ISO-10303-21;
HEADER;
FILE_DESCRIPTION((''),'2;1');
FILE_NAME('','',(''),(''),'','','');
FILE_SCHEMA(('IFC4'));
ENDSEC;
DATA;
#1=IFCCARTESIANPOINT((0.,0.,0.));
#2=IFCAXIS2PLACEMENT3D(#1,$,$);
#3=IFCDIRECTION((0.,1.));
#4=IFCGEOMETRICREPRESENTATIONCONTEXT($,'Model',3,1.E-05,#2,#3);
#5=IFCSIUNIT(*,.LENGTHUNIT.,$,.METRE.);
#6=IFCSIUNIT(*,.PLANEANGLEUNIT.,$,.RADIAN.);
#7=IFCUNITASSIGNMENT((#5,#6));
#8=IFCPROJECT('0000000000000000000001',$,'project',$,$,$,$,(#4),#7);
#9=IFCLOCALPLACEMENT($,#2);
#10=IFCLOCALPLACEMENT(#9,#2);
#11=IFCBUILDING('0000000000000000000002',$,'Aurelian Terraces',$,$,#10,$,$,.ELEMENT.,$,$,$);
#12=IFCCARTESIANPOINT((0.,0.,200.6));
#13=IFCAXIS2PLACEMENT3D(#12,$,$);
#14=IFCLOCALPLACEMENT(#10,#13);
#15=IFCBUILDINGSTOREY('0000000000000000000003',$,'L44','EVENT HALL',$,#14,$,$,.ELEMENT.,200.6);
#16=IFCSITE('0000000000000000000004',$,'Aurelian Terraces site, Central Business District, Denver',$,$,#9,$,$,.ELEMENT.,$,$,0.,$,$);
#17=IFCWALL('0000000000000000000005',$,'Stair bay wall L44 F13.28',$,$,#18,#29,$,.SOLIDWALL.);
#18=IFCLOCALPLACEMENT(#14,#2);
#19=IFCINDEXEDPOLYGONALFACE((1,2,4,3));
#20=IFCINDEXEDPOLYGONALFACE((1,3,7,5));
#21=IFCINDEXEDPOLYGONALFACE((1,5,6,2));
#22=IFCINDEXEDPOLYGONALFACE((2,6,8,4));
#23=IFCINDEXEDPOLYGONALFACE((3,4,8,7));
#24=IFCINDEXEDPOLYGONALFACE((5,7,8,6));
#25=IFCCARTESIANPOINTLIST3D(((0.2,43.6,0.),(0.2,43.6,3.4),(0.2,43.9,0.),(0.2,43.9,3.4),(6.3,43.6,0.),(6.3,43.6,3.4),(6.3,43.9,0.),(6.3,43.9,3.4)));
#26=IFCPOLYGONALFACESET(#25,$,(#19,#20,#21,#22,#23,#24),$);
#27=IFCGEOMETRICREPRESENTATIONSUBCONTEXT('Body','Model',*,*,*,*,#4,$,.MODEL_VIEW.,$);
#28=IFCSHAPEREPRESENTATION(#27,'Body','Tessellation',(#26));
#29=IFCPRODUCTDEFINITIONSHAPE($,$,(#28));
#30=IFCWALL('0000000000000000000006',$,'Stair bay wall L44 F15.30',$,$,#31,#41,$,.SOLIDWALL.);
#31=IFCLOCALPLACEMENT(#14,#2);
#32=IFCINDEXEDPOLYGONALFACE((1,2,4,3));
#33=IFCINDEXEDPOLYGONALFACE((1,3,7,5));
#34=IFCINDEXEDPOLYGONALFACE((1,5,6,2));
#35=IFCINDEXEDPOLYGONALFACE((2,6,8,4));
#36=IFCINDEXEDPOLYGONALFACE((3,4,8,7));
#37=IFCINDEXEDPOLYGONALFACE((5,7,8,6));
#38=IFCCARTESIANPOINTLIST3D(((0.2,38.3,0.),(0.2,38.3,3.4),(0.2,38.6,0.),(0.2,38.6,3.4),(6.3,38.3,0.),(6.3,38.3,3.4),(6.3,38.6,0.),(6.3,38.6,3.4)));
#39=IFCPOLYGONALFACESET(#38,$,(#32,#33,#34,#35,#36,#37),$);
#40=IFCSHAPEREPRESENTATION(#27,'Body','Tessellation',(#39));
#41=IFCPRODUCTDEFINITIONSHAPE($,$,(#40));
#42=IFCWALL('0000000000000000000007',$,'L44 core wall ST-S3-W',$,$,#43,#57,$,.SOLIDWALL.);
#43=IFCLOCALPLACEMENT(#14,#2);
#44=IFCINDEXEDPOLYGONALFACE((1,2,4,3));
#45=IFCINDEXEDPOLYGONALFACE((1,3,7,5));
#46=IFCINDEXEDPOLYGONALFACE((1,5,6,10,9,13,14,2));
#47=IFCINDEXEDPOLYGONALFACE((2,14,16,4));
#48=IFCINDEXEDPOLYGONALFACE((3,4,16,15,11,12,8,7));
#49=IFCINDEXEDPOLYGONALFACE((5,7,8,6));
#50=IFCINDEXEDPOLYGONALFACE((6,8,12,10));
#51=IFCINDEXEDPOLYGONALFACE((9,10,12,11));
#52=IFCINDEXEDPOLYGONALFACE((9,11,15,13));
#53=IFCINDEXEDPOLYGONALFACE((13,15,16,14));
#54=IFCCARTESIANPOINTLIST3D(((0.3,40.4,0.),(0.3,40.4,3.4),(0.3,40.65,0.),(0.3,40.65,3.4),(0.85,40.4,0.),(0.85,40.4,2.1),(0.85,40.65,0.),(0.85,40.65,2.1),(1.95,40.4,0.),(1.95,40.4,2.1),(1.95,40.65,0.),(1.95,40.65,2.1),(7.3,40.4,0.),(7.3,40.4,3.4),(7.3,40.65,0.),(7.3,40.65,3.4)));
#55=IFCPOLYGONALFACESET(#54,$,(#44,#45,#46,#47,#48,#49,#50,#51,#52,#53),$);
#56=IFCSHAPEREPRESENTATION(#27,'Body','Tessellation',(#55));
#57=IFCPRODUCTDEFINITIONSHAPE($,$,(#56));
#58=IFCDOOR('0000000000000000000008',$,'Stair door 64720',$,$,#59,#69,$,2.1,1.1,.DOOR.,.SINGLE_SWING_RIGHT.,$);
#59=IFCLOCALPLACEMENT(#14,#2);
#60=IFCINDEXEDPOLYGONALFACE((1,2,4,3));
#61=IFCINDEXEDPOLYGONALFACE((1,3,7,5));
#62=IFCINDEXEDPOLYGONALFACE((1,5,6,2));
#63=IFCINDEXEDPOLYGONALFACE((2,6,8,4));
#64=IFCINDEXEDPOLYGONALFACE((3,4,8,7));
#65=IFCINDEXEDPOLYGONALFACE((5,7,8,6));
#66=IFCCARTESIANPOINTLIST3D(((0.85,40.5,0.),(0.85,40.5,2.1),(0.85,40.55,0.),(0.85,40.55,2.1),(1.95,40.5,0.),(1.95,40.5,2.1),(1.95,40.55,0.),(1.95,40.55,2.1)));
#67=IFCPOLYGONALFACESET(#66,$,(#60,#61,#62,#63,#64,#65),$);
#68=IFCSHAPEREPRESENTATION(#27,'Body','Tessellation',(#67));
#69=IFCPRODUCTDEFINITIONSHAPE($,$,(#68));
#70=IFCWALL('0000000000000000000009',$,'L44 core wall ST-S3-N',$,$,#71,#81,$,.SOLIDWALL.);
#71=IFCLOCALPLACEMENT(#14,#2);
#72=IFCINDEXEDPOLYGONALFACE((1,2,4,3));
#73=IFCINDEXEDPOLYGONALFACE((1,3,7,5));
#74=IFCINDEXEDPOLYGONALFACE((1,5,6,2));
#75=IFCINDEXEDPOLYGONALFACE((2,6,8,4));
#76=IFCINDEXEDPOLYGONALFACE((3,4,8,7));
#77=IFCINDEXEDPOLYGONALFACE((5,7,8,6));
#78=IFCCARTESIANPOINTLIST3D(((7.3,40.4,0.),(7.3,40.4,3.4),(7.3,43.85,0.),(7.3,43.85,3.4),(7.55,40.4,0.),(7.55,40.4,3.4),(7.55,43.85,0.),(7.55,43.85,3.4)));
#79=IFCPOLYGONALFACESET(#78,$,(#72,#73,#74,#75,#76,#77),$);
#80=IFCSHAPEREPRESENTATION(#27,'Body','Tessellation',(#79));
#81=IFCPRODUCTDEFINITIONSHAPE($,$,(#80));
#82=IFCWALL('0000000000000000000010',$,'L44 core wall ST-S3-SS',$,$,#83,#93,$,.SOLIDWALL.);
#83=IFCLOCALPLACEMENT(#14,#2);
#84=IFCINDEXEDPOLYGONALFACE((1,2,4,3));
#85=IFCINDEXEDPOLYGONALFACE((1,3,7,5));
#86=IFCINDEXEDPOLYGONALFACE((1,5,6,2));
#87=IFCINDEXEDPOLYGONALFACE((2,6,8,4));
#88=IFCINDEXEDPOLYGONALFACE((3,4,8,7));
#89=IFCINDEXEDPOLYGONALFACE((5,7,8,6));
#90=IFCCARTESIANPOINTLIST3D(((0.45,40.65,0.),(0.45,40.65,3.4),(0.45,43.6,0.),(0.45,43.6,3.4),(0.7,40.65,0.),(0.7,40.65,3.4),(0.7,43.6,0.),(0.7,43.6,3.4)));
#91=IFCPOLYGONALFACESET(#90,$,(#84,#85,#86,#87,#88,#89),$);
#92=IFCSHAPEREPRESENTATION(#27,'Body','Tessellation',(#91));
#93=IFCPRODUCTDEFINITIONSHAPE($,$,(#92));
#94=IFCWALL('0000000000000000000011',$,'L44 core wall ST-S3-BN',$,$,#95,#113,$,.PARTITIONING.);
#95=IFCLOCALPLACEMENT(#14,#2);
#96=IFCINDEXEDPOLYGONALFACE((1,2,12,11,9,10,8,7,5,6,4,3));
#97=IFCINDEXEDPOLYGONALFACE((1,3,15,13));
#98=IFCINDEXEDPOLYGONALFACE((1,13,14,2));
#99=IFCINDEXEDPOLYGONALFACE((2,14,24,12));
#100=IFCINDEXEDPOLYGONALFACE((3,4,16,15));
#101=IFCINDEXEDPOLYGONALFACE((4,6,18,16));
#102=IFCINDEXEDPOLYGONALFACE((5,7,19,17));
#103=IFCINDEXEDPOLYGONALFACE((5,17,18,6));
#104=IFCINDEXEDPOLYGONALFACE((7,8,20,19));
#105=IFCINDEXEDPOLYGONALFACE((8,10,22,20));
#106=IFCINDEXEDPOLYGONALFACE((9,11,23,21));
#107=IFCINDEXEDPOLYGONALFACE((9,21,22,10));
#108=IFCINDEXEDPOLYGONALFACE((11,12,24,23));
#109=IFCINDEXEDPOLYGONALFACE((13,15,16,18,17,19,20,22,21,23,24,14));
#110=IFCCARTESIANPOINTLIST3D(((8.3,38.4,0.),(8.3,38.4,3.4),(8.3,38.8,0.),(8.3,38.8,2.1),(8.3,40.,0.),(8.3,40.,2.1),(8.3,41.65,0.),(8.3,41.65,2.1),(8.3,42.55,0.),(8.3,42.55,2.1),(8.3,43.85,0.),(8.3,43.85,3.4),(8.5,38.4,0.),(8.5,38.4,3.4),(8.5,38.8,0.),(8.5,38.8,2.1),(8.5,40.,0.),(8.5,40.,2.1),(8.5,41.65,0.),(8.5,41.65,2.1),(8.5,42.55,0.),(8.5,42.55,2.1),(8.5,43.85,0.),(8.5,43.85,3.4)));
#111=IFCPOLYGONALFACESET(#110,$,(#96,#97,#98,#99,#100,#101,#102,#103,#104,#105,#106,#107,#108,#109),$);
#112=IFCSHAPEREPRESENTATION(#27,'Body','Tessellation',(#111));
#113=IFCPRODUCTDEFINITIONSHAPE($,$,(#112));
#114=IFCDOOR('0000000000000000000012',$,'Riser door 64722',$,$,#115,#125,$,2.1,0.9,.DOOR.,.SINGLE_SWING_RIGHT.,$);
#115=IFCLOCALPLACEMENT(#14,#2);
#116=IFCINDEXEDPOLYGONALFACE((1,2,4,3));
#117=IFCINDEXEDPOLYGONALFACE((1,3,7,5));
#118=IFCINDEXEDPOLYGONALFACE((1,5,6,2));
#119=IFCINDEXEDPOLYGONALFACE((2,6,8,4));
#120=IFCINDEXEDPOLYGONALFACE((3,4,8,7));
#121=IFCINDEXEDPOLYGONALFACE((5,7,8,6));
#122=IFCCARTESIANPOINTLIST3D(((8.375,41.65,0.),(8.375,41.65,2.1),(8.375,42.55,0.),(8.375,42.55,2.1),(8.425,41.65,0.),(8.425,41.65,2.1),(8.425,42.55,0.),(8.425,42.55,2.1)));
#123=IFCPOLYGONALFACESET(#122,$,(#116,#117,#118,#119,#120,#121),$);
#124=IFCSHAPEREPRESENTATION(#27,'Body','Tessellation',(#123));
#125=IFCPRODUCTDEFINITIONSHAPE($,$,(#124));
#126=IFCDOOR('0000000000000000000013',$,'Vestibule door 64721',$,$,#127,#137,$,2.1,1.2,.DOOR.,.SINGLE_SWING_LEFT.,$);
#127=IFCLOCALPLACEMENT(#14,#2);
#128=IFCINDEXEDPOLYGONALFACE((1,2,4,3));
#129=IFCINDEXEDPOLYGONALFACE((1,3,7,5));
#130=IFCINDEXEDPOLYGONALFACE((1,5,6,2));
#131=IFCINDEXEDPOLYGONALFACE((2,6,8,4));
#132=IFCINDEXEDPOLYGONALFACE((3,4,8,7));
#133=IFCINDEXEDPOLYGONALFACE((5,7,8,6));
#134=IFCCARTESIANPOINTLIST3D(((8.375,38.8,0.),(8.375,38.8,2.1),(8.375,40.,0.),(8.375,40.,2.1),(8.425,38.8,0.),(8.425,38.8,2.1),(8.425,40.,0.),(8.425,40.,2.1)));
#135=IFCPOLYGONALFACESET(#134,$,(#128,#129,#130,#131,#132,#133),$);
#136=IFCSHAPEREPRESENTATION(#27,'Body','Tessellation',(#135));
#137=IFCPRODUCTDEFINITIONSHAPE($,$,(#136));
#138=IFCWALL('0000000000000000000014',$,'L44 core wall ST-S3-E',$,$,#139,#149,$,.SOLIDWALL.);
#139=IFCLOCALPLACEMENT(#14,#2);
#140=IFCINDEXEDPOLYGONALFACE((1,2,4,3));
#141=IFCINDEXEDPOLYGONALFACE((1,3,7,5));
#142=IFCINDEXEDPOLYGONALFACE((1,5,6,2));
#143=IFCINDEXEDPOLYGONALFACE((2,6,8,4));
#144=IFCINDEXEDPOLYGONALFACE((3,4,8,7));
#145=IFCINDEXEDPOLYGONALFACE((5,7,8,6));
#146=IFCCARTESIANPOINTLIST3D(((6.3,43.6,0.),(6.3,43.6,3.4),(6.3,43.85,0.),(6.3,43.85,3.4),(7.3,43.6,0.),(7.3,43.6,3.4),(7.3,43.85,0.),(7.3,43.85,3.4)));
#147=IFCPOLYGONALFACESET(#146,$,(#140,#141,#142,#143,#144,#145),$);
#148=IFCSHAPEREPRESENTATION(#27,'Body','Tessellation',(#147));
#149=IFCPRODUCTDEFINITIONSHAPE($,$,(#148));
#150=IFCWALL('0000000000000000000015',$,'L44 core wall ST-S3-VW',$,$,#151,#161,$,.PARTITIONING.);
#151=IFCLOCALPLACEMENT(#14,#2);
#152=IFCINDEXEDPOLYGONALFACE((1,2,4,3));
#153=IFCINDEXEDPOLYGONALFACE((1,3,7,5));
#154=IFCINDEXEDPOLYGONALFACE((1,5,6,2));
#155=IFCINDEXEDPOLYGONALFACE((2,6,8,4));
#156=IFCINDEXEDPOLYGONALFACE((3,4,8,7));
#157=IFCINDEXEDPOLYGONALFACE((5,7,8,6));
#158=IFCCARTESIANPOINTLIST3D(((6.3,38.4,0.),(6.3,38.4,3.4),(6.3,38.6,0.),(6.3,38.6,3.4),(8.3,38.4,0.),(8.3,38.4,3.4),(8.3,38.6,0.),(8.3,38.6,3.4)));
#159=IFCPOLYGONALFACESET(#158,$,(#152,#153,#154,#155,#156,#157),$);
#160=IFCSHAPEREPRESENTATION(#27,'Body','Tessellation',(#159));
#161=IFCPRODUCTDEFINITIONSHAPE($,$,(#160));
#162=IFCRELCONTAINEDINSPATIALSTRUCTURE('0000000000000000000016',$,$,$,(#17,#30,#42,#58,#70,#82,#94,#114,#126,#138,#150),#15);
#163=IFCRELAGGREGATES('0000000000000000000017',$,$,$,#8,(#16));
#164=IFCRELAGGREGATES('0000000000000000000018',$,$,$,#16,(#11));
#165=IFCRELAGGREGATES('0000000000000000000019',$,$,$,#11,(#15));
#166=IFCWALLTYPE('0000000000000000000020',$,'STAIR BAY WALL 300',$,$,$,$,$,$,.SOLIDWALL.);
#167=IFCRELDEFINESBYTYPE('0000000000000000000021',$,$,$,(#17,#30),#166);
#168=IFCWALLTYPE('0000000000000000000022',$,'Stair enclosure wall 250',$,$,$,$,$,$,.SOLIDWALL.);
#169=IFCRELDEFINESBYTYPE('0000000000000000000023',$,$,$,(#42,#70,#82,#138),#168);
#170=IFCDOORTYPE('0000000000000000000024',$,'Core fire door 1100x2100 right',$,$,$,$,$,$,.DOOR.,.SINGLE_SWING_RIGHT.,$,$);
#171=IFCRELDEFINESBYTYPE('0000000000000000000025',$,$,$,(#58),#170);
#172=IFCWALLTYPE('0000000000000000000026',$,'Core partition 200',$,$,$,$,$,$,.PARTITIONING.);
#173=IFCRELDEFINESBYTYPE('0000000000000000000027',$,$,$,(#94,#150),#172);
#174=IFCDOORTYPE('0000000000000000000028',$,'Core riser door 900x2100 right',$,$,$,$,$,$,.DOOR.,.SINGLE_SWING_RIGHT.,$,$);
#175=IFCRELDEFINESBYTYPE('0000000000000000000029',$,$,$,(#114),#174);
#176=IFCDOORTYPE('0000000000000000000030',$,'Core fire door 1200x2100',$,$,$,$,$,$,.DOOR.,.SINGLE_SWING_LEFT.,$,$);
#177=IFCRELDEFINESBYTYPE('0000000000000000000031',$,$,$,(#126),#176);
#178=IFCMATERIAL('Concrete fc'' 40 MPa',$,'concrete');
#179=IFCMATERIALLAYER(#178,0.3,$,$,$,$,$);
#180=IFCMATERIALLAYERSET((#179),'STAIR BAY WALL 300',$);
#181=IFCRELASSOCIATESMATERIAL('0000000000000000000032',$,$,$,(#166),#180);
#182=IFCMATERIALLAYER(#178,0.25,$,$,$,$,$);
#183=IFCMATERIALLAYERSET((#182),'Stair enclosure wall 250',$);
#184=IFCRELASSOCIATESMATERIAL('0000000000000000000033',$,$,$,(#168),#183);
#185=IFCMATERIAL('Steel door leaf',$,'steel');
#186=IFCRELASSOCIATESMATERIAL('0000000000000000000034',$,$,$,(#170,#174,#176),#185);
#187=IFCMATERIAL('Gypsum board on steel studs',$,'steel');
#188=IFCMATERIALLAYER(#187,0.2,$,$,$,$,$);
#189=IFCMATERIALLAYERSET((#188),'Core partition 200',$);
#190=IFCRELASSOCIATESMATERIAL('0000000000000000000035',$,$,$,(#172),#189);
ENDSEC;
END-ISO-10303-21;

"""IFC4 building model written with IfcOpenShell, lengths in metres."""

from ifc_helpers import new_model, si_unit, direction, frame, frame_2d, origin, place, context, subcontext, project, spatial, rectangle, extrude, source, transform, mapped, material, layer, layer_set, type_object, element, fill, save


model = new_model("IFC4")

# Units and contexts
model_context = context("Model", 3, precision=1e-05, world=origin(), true_north=direction((0.0, 1.0)))
body_context = subcontext(model_context, "Body", "Model", "MODEL_VIEW")
ifc_project = project(units=[si_unit("LENGTHUNIT", "METRE"), si_unit("PLANEANGLEUNIT", "RADIAN")], contexts=[model_context])

# Site, building, storey
site_placement = place(None, origin())
site = spatial("IfcSite", under=ifc_project, at=site_placement, Name="Aurelian Terraces site, Central Business District, Denver", CompositionType="ELEMENT", RefElevation=0.0)
building_placement = place(site_placement, origin())
building = spatial("IfcBuilding", under=site, at=building_placement, Name="Aurelian Terraces", CompositionType="ELEMENT")
storey_placement = place(building_placement, frame((0.0, 0.0, 200.6)))
storey = spatial("IfcBuildingStorey", under=building, at=storey_placement, Name="L44", Description="EVENT HALL", CompositionType="ELEMENT", Elevation=200.6)

# Walls
ifc_material_1 = material(Name="Concrete fc' 40 MPa", Category="concrete")
ifc_layer_1 = layer(ifc_material_1, 0.3)
ifc_layer_set_1 = layer_set([ifc_layer_1], Name="STAIR BAY WALL 300")
wall_type_1 = type_object("IfcWallType", Name="STAIR BAY WALL 300", PredefinedType="SOLIDWALL", material=ifc_layer_set_1)
shared_shape_1 = source(origin(), body_context, "Body", "SweptSolid", [
    extrude(rectangle(XDim=6.1, YDim=0.3, at=frame_2d((3.05, 0.0))), origin(), (0.0, 0.0, 1.0), 3.4),
])
for number, where, z_axis, x_axis, name in (
    (1, (6.3, 43.75, 0.0), (0.0, 0.0, 1.0), (-1.0, 0.0, 0.0), "Stair bay wall L44 F13.28"),
    (2, (0.2, 38.45, 0.0), (0.0, 0.0, 1.0), (1.0, 0.0, 0.0), "Stair bay wall L44 F15.30"),
):
    element("IfcWall", number, at=place(storey_placement, frame(where, z_axis=z_axis, x_axis=x_axis)), inside=storey, type_object=wall_type_1, Name=name, PredefinedType="SOLIDWALL", context=body_context, shape_type="MappedRepresentation", body=[
        mapped(shared_shape_1, transform((0.0, 0.0, 0.0), scale=1.0)),
    ])

# Wall, opening, door
ifc_layer_2 = layer(ifc_material_1, 0.25)
ifc_layer_set_2 = layer_set([ifc_layer_2], Name="Stair enclosure wall 250")
wall_type_2 = type_object("IfcWallType", Name="Stair enclosure wall 250", PredefinedType="SOLIDWALL", material=ifc_layer_set_2)
shared_shape_2 = source(origin(), body_context, "Body", "SweptSolid", [
    extrude(rectangle(XDim=7.0, YDim=0.25, at=frame_2d((3.5, 0.0))), origin(), (0.0, 0.0, 1.0), 3.4),
])
wall_1_placement = place(storey_placement, frame((0.3, 40.525, 0.0), z_axis=(0.0, 0.0, 1.0), x_axis=(1.0, 0.0, 0.0)))
wall_1 = element("IfcWall", 3, at=wall_1_placement, inside=storey, type_object=wall_type_2, Name="L44 core wall ST-S3-W", PredefinedType="SOLIDWALL", context=body_context, shape_type="MappedRepresentation", body=[
    mapped(shared_shape_2, transform((0.0, 0.0, 0.0), scale=1.0)),
])
shared_shape_3 = source(origin(), body_context, "Body", "SweptSolid", [
    extrude(rectangle(XDim=1.1, YDim=2.1, at=frame_2d((0.55, 1.05))), frame((0.0, 0.135, 0.0), z_axis=(0.0, -1.0, 0.0), x_axis=(1.0, 0.0, 0.0)), (0.0, 0.0, 1.0), 0.27),
])
opening_1_placement = place(wall_1_placement, frame((0.55, 0.0, 0.0)))
opening_1 = element("IfcOpeningElement", 4, at=opening_1_placement, cuts=wall_1, PredefinedType="OPENING", context=body_context, shape_type="MappedRepresentation", body=[
    mapped(shared_shape_3, transform((0.0, 0.0, 0.0), scale=1.0)),
])
ifc_material_2 = material(Name="Steel door leaf", Category="steel")
door_type_1 = type_object("IfcDoorType", Name="Core fire door 1100x2100 right", OperationType="SINGLE_SWING_RIGHT", PredefinedType="DOOR", material=ifc_material_2)
shared_shape_4 = source(origin(), body_context, "Body", "SweptSolid", [
    extrude(rectangle(XDim=1.1, YDim=2.1, at=frame_2d((0.55, 1.05))), frame((0.0, 0.025, 0.0), z_axis=(0.0, -1.0, 0.0), x_axis=(1.0, 0.0, 0.0)), (0.0, 0.0, 1.0), 0.05),
])
door_1_placement = place(opening_1_placement, origin())
door_1 = element("IfcDoor", 5, at=door_1_placement, inside=storey, type_object=door_type_1, Name="Stair door 64720", OperationType="SINGLE_SWING_RIGHT", OverallHeight=2.1, OverallWidth=1.1, PredefinedType="DOOR", context=body_context, shape_type="MappedRepresentation", body=[
    mapped(shared_shape_4, transform((0.0, 0.0, 0.0), scale=1.0)),
])
fill(opening_1, door_1)

# Walls
shared_shape_5 = source(origin(), body_context, "Body", "SweptSolid", [
    extrude(rectangle(XDim=3.45, YDim=0.25, at=frame_2d((1.725, 0.0))), origin(), (0.0, 0.0, 1.0), 3.4),
])
wall_2_placement = place(storey_placement, frame((7.425, 40.4, 0.0), z_axis=(0.0, 0.0, 1.0), x_axis=(0.0, 1.0, 0.0)))
element("IfcWall", 6, at=wall_2_placement, inside=storey, type_object=wall_type_2, Name="L44 core wall ST-S3-N", PredefinedType="SOLIDWALL", context=body_context, shape_type="MappedRepresentation", body=[
    mapped(shared_shape_5, transform((0.0, 0.0, 0.0), scale=1.0)),
])
shared_shape_6 = source(origin(), body_context, "Body", "SweptSolid", [
    extrude(rectangle(XDim=2.95, YDim=0.25, at=frame_2d((1.475, 0.0))), origin(), (0.0, 0.0, 1.0), 3.4),
])
wall_3_placement = place(storey_placement, frame((0.575, 40.65, 0.0), z_axis=(0.0, 0.0, 1.0), x_axis=(0.0, 1.0, 0.0)))
element("IfcWall", 7, at=wall_3_placement, inside=storey, type_object=wall_type_2, Name="L44 core wall ST-S3-SS", PredefinedType="SOLIDWALL", context=body_context, shape_type="MappedRepresentation", body=[
    mapped(shared_shape_6, transform((0.0, 0.0, 0.0), scale=1.0)),
])

# Wall, openings, doors
ifc_material_3 = material(Name="Gypsum board on steel studs", Category="steel")
ifc_layer_3 = layer(ifc_material_3, 0.2)
ifc_layer_set_3 = layer_set([ifc_layer_3], Name="Core partition 200")
wall_type_3 = type_object("IfcWallType", Name="Core partition 200", PredefinedType="PARTITIONING", material=ifc_layer_set_3)
shared_shape_7 = source(origin(), body_context, "Body", "SweptSolid", [
    extrude(rectangle(XDim=5.45, YDim=0.2, at=frame_2d((2.725, 0.0))), origin(), (0.0, 0.0, 1.0), 3.4),
])
wall_4_placement = place(storey_placement, frame((8.4, 38.4, 0.0), z_axis=(0.0, 0.0, 1.0), x_axis=(0.0, 1.0, 0.0)))
wall_4 = element("IfcWall", 8, at=wall_4_placement, inside=storey, type_object=wall_type_3, Name="L44 core wall ST-S3-BN", PredefinedType="PARTITIONING", context=body_context, shape_type="MappedRepresentation", body=[
    mapped(shared_shape_7, transform((0.0, 0.0, 0.0), scale=1.0)),
])
shared_shape_8 = source(origin(), body_context, "Body", "SweptSolid", [
    extrude(rectangle(XDim=1.2, YDim=2.1, at=frame_2d((0.6, 1.05))), frame((0.0, 0.11, 0.0), z_axis=(0.0, -1.0, 0.0), x_axis=(1.0, 0.0, 0.0)), (0.0, 0.0, 1.0), 0.22),
])
opening_2_placement = place(wall_4_placement, frame((0.4, 0.0, 0.0)))
opening_2 = element("IfcOpeningElement", 9, at=opening_2_placement, cuts=wall_4, PredefinedType="OPENING", context=body_context, shape_type="MappedRepresentation", body=[
    mapped(shared_shape_8, transform((0.0, 0.0, 0.0), scale=1.0)),
])
shared_shape_9 = source(origin(), body_context, "Body", "SweptSolid", [
    extrude(rectangle(XDim=0.9, YDim=2.1, at=frame_2d((0.45, 1.05))), frame((0.0, 0.11, 0.0), z_axis=(0.0, -1.0, 0.0), x_axis=(1.0, 0.0, 0.0)), (0.0, 0.0, 1.0), 0.22),
])
opening_3_placement = place(wall_4_placement, frame((3.25, 0.0, 0.0)))
opening_3 = element("IfcOpeningElement", 10, at=opening_3_placement, cuts=wall_4, PredefinedType="OPENING", context=body_context, shape_type="MappedRepresentation", body=[
    mapped(shared_shape_9, transform((0.0, 0.0, 0.0), scale=1.0)),
])
door_type_2 = type_object("IfcDoorType", Name="Core riser door 900x2100 right", OperationType="SINGLE_SWING_RIGHT", PredefinedType="DOOR", material=ifc_material_2)
shared_shape_10 = source(origin(), body_context, "Body", "SweptSolid", [
    extrude(rectangle(XDim=0.9, YDim=2.1, at=frame_2d((0.45, 1.05))), frame((0.0, 0.025, 0.0), z_axis=(0.0, -1.0, 0.0), x_axis=(1.0, 0.0, 0.0)), (0.0, 0.0, 1.0), 0.05),
])
door_2_placement = place(opening_3_placement, origin())
door_2 = element("IfcDoor", 11, at=door_2_placement, inside=storey, type_object=door_type_2, Name="Riser door 64722", OperationType="SINGLE_SWING_RIGHT", OverallHeight=2.1, OverallWidth=0.9, PredefinedType="DOOR", context=body_context, shape_type="MappedRepresentation", body=[
    mapped(shared_shape_10, transform((0.0, 0.0, 0.0), scale=1.0)),
])
fill(opening_3, door_2)
door_type_3 = type_object("IfcDoorType", Name="Core fire door 1200x2100", OperationType="SINGLE_SWING_LEFT", PredefinedType="DOOR", material=ifc_material_2)
shared_shape_11 = source(origin(), body_context, "Body", "SweptSolid", [
    extrude(rectangle(XDim=1.2, YDim=2.1, at=frame_2d((0.6, 1.05))), frame((0.0, 0.025, 0.0), z_axis=(0.0, -1.0, 0.0), x_axis=(1.0, 0.0, 0.0)), (0.0, 0.0, 1.0), 0.05),
])
door_3_placement = place(opening_2_placement, origin())
door_3 = element("IfcDoor", 12, at=door_3_placement, inside=storey, type_object=door_type_3, Name="Vestibule door 64721", OperationType="SINGLE_SWING_LEFT", OverallHeight=2.1, OverallWidth=1.2, PredefinedType="DOOR", context=body_context, shape_type="MappedRepresentation", body=[
    mapped(shared_shape_11, transform((0.0, 0.0, 0.0), scale=1.0)),
])
fill(opening_2, door_3)

# Walls
shared_shape_12 = source(origin(), body_context, "Body", "SweptSolid", [
    extrude(rectangle(XDim=1.0, YDim=0.25, at=frame_2d((0.5, 0.0))), origin(), (0.0, 0.0, 1.0), 3.4),
])
wall_5_placement = place(storey_placement, frame((6.3, 43.725, 0.0), z_axis=(0.0, 0.0, 1.0), x_axis=(1.0, 0.0, 0.0)))
element("IfcWall", 13, at=wall_5_placement, inside=storey, type_object=wall_type_2, Name="L44 core wall ST-S3-E", PredefinedType="SOLIDWALL", context=body_context, shape_type="MappedRepresentation", body=[
    mapped(shared_shape_12, transform((0.0, 0.0, 0.0), scale=1.0)),
])
shared_shape_13 = source(origin(), body_context, "Body", "SweptSolid", [
    extrude(rectangle(XDim=2.0, YDim=0.2, at=frame_2d((1.0, 0.0))), origin(), (0.0, 0.0, 1.0), 3.4),
])
wall_6_placement = place(storey_placement, frame((6.3, 38.5, 0.0), z_axis=(0.0, 0.0, 1.0), x_axis=(1.0, 0.0, 0.0)))
element("IfcWall", 14, at=wall_6_placement, inside=storey, type_object=wall_type_3, Name="L44 core wall ST-S3-VW", PredefinedType="PARTITIONING", context=body_context, shape_type="MappedRepresentation", body=[
    mapped(shared_shape_13, transform((0.0, 0.0, 0.0), scale=1.0)),
])

save(model, "model.ifc")
